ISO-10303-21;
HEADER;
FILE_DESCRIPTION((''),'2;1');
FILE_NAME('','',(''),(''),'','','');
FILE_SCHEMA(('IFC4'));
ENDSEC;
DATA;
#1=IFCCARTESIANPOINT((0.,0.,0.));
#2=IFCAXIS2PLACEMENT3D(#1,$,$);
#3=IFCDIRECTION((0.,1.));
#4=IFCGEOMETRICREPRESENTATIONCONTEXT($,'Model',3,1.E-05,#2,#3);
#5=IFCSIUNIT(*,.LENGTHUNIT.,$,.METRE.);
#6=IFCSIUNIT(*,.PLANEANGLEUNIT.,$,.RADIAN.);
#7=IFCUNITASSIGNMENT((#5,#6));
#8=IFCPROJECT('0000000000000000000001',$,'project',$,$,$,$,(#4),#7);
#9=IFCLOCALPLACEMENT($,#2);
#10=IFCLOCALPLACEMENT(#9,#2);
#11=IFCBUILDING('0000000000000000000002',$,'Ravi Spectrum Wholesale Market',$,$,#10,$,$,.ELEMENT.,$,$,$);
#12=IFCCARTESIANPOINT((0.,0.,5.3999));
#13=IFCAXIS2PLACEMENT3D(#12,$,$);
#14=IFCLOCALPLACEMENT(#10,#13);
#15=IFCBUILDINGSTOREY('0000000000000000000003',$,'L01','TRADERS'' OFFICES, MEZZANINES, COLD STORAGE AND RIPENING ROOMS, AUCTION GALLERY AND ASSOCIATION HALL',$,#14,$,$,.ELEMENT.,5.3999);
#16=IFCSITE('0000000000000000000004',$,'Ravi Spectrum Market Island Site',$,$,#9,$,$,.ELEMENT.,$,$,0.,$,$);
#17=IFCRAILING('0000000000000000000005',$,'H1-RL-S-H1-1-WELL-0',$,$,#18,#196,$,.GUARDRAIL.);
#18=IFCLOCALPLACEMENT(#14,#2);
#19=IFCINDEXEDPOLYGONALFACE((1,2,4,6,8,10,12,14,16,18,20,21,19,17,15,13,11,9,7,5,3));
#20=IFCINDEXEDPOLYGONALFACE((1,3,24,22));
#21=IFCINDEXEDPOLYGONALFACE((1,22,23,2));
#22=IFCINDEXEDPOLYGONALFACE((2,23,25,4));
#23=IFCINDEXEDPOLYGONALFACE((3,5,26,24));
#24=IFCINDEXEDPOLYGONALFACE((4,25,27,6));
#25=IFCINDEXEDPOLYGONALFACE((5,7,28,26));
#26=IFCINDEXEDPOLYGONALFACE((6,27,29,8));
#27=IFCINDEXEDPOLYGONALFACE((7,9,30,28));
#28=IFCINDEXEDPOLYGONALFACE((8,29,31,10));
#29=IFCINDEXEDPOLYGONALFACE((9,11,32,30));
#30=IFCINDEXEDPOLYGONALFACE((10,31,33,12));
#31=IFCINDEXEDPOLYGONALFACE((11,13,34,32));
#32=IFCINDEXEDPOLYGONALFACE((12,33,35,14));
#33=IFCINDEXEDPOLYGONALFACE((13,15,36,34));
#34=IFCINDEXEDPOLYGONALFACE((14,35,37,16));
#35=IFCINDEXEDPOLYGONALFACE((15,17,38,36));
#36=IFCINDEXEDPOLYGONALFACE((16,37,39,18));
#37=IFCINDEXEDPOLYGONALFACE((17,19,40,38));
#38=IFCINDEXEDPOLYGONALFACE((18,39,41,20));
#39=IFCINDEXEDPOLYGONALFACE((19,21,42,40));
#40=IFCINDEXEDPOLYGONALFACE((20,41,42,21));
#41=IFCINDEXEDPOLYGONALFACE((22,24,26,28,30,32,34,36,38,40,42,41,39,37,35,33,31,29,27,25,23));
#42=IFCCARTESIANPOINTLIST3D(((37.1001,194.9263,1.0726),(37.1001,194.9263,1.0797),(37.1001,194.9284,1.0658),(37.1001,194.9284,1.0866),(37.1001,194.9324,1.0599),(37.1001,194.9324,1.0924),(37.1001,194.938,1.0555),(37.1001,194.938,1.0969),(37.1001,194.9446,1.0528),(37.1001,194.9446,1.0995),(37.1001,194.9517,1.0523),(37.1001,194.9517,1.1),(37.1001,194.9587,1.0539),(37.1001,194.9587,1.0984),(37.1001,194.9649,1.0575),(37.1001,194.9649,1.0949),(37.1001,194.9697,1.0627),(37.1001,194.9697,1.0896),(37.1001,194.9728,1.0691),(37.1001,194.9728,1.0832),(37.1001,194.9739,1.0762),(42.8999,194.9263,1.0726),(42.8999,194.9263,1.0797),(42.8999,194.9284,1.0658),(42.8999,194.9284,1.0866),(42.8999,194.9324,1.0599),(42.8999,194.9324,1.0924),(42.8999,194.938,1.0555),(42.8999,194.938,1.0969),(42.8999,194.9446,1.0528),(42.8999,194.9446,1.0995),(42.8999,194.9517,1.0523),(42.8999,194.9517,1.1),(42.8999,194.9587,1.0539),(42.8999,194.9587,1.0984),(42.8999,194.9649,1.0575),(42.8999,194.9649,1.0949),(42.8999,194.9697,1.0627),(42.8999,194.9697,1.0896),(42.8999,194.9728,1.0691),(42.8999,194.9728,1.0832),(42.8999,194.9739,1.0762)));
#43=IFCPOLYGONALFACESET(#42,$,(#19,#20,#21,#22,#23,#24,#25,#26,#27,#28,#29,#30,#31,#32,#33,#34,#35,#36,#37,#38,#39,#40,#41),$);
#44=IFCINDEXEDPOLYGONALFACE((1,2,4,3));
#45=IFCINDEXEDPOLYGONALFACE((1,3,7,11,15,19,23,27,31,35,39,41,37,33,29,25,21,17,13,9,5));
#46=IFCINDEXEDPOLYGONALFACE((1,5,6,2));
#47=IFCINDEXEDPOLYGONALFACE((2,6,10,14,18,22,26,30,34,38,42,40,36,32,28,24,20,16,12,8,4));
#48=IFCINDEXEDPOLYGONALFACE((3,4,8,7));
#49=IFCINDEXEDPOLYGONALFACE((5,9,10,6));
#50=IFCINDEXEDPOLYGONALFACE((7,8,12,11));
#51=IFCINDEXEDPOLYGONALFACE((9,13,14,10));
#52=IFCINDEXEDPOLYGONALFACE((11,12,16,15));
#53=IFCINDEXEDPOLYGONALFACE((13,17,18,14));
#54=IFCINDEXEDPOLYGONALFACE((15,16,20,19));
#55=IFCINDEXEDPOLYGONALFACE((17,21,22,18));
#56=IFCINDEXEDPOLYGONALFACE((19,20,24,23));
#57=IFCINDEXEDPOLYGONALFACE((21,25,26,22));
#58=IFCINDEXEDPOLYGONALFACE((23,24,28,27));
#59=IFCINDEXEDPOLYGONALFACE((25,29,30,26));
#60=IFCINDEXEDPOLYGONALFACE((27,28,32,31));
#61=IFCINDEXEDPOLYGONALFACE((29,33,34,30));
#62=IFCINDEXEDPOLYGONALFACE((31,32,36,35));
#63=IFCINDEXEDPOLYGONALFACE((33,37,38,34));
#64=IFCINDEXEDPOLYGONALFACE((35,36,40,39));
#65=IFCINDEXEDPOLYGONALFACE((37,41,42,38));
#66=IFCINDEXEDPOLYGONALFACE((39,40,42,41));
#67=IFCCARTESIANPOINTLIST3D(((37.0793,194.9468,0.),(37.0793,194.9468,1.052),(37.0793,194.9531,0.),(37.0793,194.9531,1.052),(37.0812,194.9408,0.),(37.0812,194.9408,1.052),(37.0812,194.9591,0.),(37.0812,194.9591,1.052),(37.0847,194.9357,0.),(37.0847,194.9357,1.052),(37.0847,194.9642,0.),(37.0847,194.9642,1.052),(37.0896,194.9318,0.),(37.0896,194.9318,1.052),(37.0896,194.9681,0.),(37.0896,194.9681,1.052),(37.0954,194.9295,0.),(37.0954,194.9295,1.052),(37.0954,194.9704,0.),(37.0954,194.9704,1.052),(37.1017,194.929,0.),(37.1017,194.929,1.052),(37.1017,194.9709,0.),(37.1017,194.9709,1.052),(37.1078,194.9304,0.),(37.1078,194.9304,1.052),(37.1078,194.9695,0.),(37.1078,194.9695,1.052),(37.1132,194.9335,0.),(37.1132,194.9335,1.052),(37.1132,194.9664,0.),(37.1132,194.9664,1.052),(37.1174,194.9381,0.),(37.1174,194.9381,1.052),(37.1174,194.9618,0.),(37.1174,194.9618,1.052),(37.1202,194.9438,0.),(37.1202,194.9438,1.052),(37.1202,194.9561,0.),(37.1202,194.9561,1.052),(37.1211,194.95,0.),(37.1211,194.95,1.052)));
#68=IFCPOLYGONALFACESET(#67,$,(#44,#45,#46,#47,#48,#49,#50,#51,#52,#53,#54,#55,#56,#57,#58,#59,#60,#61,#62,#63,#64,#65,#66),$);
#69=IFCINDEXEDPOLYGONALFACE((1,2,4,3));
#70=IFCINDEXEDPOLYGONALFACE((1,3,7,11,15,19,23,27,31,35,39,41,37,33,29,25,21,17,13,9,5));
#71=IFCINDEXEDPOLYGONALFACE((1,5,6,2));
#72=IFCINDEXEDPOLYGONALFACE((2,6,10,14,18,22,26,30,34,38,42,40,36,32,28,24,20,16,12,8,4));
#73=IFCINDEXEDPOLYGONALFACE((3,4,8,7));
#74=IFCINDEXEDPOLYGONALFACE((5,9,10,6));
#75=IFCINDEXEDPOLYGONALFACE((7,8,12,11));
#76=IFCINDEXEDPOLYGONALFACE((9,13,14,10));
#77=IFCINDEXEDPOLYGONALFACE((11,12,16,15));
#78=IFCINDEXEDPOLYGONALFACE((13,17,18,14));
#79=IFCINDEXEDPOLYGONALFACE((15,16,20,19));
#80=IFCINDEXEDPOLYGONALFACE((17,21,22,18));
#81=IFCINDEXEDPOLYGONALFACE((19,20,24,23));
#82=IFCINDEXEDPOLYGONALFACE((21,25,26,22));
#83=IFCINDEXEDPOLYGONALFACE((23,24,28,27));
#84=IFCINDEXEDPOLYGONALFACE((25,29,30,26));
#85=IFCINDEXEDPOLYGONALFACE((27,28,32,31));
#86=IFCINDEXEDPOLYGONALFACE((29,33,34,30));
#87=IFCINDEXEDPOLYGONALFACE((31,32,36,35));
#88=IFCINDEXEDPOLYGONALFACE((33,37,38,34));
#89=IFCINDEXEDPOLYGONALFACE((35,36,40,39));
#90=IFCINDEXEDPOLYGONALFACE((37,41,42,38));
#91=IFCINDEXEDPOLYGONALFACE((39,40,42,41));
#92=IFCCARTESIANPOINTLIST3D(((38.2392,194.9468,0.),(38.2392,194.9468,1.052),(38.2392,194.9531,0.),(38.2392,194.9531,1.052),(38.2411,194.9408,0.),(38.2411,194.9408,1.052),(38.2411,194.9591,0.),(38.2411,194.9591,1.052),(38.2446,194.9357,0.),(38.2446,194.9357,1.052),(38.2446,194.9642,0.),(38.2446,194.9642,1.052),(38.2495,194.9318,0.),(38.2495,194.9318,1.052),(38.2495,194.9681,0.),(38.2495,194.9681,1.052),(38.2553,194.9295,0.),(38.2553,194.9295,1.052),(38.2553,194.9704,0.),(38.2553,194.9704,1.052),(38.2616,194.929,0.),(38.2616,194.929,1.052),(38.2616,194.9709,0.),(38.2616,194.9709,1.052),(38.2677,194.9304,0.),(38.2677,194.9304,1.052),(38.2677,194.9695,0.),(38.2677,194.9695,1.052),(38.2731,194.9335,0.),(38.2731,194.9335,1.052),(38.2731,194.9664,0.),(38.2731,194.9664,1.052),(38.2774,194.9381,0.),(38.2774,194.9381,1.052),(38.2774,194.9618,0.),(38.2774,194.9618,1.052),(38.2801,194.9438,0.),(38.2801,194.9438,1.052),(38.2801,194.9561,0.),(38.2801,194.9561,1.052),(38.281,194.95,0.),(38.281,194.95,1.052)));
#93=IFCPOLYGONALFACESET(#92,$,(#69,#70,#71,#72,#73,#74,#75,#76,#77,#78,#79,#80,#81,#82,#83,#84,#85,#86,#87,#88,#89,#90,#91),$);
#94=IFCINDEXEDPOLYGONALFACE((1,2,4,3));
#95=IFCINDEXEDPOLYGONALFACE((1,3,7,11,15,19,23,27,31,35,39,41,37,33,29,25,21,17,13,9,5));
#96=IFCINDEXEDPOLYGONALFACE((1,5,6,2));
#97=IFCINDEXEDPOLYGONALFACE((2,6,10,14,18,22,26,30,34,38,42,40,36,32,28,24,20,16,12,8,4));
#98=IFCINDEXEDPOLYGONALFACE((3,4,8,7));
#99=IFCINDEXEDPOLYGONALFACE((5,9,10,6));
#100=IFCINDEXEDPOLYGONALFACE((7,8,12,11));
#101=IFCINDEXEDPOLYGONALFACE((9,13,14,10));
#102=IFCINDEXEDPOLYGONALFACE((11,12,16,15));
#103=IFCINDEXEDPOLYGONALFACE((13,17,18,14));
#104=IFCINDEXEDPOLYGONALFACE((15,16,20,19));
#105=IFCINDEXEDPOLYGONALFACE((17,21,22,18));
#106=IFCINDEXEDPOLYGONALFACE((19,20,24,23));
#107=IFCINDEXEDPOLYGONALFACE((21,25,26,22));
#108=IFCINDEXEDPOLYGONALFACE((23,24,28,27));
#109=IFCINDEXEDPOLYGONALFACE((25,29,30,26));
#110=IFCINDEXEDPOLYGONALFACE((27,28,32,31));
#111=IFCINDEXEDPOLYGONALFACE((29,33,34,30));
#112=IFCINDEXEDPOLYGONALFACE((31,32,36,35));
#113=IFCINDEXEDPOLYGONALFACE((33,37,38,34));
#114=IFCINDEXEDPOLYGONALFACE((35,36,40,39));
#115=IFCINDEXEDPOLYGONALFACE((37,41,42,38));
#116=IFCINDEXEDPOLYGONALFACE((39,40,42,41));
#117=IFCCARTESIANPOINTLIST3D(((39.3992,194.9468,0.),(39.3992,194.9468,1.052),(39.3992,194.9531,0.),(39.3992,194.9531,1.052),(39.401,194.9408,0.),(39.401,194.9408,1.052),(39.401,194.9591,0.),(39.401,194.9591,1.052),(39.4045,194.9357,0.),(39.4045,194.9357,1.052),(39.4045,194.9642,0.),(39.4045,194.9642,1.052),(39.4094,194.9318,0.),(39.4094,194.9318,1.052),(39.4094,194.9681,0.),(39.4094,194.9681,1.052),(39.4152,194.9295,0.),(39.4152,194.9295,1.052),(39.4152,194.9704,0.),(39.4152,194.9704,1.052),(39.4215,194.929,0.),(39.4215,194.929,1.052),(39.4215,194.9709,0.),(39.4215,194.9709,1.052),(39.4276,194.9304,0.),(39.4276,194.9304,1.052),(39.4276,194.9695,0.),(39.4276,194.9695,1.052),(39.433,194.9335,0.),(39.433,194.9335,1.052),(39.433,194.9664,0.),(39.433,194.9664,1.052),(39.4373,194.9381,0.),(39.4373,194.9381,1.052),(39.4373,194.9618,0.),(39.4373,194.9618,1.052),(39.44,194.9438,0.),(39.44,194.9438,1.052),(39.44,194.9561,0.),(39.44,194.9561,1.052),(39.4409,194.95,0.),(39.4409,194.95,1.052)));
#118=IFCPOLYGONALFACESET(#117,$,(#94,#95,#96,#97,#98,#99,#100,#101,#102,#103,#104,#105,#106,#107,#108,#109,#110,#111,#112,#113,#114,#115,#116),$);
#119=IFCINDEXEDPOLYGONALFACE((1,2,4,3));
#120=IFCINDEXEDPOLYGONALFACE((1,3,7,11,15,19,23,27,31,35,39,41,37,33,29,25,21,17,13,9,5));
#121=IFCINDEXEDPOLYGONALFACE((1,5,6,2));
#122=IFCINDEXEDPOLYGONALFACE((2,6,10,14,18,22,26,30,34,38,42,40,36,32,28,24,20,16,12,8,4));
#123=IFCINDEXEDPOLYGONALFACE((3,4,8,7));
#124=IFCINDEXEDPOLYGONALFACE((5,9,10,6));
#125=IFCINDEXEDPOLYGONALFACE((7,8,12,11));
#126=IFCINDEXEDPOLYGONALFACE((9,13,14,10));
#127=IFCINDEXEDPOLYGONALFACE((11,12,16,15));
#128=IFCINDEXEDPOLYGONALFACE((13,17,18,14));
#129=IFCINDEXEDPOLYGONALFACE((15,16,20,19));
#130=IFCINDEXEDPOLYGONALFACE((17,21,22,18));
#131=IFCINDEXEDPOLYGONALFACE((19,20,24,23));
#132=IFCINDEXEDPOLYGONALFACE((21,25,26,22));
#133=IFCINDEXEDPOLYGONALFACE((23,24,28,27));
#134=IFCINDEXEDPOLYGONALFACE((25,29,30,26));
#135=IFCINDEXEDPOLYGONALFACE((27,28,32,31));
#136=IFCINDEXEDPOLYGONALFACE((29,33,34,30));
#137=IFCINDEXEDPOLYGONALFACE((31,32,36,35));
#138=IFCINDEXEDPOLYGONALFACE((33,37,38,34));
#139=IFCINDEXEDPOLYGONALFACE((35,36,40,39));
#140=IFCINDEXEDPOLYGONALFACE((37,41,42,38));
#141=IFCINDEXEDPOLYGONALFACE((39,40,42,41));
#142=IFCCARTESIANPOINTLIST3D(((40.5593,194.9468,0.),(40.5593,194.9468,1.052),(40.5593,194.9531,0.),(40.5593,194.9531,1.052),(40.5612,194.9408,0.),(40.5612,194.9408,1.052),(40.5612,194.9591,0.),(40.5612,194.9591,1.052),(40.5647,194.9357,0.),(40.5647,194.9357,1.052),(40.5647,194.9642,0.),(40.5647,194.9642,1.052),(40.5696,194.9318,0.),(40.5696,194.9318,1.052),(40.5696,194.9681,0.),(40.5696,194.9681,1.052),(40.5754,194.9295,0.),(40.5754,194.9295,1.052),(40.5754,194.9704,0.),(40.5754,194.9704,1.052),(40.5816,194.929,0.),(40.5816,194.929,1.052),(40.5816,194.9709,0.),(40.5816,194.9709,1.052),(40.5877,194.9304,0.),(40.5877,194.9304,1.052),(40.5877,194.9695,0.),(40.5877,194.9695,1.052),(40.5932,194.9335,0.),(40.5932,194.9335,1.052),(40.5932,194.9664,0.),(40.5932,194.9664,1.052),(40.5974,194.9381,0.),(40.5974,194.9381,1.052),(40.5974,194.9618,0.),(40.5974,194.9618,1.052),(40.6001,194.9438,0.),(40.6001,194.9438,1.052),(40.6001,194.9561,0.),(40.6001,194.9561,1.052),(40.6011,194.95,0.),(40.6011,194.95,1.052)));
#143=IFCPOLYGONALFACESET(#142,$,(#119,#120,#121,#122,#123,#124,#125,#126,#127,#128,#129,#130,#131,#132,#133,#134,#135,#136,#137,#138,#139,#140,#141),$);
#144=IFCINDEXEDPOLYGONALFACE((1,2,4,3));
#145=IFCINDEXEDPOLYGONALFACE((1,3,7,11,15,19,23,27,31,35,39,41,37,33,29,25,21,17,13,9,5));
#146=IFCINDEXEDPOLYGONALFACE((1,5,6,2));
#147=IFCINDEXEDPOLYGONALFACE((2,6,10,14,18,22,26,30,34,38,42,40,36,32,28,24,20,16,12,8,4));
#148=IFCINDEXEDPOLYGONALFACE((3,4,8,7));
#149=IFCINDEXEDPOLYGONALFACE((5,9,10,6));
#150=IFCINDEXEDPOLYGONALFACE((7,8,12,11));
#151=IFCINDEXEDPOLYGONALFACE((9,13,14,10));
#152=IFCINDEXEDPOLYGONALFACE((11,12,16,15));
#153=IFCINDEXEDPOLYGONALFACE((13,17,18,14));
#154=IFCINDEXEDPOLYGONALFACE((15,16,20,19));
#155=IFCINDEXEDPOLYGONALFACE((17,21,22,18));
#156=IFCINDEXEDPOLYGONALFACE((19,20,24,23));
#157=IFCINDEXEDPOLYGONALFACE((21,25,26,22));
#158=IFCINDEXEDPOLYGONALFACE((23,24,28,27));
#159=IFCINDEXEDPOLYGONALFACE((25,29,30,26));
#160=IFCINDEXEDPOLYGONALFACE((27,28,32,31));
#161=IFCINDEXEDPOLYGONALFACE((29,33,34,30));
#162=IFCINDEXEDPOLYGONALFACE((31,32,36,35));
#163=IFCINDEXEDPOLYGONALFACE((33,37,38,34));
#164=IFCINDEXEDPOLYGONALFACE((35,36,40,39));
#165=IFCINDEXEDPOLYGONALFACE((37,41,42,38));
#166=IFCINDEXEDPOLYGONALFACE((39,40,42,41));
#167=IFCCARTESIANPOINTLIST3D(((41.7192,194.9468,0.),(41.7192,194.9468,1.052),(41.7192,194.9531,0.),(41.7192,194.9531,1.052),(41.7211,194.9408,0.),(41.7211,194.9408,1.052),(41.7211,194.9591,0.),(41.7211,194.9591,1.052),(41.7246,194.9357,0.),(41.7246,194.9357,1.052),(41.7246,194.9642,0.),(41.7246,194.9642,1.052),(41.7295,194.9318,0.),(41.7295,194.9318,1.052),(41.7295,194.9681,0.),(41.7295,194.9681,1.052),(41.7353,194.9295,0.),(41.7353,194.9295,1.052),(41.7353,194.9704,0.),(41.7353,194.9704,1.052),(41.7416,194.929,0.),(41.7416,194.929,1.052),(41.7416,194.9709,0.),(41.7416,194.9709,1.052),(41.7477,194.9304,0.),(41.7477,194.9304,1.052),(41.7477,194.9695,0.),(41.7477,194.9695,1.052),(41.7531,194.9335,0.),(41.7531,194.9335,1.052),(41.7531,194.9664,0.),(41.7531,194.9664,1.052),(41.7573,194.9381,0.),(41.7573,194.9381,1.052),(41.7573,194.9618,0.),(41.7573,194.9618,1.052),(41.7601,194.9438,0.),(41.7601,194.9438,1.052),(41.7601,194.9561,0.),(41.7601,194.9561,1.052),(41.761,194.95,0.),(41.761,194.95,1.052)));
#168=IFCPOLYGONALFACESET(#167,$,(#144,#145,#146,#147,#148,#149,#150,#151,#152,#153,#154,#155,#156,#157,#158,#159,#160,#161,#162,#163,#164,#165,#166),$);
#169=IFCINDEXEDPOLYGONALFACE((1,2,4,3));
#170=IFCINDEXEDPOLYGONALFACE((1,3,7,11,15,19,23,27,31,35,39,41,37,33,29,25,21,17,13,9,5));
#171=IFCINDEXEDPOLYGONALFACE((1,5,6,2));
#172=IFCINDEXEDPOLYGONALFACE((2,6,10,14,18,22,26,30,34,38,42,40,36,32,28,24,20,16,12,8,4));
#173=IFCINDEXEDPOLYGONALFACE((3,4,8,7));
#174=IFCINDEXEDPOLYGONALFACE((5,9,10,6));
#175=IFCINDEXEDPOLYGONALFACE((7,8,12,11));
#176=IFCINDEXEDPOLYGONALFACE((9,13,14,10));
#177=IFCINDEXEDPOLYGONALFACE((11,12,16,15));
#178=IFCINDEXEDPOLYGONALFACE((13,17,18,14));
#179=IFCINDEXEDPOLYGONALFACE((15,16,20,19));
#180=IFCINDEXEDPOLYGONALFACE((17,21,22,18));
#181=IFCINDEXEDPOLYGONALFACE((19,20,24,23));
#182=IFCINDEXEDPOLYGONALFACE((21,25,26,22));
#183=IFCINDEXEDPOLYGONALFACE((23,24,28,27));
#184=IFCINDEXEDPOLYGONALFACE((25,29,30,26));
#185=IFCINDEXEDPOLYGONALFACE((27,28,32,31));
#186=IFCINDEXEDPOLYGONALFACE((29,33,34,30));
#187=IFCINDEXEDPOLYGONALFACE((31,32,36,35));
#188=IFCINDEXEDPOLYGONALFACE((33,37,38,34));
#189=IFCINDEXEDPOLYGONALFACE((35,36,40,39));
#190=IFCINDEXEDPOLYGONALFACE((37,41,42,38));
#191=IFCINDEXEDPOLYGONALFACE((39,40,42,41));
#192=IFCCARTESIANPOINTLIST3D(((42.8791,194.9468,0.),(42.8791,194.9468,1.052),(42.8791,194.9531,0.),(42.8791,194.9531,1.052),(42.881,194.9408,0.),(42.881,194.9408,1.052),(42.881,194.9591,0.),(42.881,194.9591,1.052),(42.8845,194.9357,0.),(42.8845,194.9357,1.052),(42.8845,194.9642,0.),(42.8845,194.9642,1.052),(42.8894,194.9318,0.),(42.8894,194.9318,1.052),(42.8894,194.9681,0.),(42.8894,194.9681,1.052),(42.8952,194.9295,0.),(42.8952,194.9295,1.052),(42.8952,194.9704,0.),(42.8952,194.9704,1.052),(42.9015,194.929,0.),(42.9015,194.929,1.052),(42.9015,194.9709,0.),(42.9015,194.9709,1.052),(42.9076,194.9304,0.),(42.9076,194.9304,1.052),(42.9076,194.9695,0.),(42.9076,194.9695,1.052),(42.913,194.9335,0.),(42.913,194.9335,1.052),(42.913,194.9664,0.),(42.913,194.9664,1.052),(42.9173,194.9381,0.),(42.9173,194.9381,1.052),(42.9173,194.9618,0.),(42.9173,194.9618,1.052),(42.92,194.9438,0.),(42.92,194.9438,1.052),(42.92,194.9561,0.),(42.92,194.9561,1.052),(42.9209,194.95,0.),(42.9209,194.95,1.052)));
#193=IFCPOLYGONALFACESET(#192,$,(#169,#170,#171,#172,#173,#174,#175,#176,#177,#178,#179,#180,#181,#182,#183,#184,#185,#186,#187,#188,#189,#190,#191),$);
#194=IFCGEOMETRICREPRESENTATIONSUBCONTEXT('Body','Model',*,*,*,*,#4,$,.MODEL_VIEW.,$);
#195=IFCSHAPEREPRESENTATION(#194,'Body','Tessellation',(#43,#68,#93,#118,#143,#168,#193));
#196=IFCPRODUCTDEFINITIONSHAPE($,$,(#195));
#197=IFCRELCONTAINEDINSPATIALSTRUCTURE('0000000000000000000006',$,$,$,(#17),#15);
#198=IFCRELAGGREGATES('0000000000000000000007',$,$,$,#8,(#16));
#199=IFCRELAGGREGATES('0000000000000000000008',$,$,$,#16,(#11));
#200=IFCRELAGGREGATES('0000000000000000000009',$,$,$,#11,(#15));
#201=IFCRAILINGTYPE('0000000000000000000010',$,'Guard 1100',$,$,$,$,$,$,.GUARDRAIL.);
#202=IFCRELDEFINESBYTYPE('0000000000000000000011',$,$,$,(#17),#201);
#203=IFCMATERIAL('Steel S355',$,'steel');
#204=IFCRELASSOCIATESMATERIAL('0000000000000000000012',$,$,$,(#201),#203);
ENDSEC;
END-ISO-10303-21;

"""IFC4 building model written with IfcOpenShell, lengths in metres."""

from ifc_helpers import new_model, si_unit, direction, frame, origin, origin_2d, place, context, subcontext, project, spatial, circle, extrude, material, type_object, element, save


model = new_model("IFC4")

# Units and contexts
model_context = context("Model", 3, precision=1e-05, world=origin(), true_north=direction((0.0, 1.0)))
body_context = subcontext(model_context, "Body", "Model", "MODEL_VIEW")
ifc_project = project(units=[si_unit("LENGTHUNIT", "METRE"), si_unit("PLANEANGLEUNIT", "RADIAN")], contexts=[model_context])

# Site, building, storey
site_placement = place(None, origin())
site = spatial("IfcSite", under=ifc_project, at=site_placement, Name="Ravi Spectrum Market Island Site", CompositionType="ELEMENT", RefElevation=0.0)
building_placement = place(site_placement, origin())
building = spatial("IfcBuilding", under=site, at=building_placement, Name="Ravi Spectrum Wholesale Market", CompositionType="ELEMENT")
storey_placement = place(building_placement, frame((0.0, 0.0, 5.3999)))
storey = spatial("IfcBuildingStorey", under=building, at=storey_placement, Name="L01", Description="TRADERS' OFFICES, MEZZANINES, COLD STORAGE AND RIPENING ROOMS, AUCTION GALLERY AND ASSOCIATION HALL", CompositionType="ELEMENT", Elevation=5.3999)

# Railing
ifc_material_1 = material(Name="Steel S355", Category="steel")
railing_type = type_object("IfcRailingType", Name="Guard 1100", PredefinedType="GUARDRAIL", material=ifc_material_1)
railing_placement = place(storey_placement, frame((37.1001, 194.95, 0.0)))
element("IfcRailing", 1, at=railing_placement, inside=storey, type_object=railing_type, Name="H1-RL-S-H1-1-WELL-0", PredefinedType="GUARDRAIL", context=body_context, shape_type="SweptSolid", body=[
    extrude(circle(Radius=0.0239, at=origin_2d()), frame((0.0, 0.0, 1.0762), z_axis=(1.0, 0.0, 0.0), x_axis=(0.0, 1.0, 0.0)), (0.0, 0.0, 1.0), 5.7998),
    extrude(circle(Radius=0.021, at=origin_2d()), origin(), (0.0, 0.0, 1.0), 1.052),
    extrude(circle(Radius=0.021, at=origin_2d()), frame((1.1599, 0.0, 0.0)), (0.0, 0.0, 1.0), 1.052),
    extrude(circle(Radius=0.021, at=origin_2d()), frame((2.3198, 0.0, 0.0)), (0.0, 0.0, 1.0), 1.052),
    extrude(circle(Radius=0.021, at=origin_2d()), frame((3.48, 0.0, 0.0)), (0.0, 0.0, 1.0), 1.052),
    extrude(circle(Radius=0.021, at=origin_2d()), frame((4.6399, 0.0, 0.0)), (0.0, 0.0, 1.0), 1.052),
    extrude(circle(Radius=0.021, at=origin_2d()), frame((5.7998, 0.0, 0.0)), (0.0, 0.0, 1.0), 1.052),
])

save(model, "model.ifc")
